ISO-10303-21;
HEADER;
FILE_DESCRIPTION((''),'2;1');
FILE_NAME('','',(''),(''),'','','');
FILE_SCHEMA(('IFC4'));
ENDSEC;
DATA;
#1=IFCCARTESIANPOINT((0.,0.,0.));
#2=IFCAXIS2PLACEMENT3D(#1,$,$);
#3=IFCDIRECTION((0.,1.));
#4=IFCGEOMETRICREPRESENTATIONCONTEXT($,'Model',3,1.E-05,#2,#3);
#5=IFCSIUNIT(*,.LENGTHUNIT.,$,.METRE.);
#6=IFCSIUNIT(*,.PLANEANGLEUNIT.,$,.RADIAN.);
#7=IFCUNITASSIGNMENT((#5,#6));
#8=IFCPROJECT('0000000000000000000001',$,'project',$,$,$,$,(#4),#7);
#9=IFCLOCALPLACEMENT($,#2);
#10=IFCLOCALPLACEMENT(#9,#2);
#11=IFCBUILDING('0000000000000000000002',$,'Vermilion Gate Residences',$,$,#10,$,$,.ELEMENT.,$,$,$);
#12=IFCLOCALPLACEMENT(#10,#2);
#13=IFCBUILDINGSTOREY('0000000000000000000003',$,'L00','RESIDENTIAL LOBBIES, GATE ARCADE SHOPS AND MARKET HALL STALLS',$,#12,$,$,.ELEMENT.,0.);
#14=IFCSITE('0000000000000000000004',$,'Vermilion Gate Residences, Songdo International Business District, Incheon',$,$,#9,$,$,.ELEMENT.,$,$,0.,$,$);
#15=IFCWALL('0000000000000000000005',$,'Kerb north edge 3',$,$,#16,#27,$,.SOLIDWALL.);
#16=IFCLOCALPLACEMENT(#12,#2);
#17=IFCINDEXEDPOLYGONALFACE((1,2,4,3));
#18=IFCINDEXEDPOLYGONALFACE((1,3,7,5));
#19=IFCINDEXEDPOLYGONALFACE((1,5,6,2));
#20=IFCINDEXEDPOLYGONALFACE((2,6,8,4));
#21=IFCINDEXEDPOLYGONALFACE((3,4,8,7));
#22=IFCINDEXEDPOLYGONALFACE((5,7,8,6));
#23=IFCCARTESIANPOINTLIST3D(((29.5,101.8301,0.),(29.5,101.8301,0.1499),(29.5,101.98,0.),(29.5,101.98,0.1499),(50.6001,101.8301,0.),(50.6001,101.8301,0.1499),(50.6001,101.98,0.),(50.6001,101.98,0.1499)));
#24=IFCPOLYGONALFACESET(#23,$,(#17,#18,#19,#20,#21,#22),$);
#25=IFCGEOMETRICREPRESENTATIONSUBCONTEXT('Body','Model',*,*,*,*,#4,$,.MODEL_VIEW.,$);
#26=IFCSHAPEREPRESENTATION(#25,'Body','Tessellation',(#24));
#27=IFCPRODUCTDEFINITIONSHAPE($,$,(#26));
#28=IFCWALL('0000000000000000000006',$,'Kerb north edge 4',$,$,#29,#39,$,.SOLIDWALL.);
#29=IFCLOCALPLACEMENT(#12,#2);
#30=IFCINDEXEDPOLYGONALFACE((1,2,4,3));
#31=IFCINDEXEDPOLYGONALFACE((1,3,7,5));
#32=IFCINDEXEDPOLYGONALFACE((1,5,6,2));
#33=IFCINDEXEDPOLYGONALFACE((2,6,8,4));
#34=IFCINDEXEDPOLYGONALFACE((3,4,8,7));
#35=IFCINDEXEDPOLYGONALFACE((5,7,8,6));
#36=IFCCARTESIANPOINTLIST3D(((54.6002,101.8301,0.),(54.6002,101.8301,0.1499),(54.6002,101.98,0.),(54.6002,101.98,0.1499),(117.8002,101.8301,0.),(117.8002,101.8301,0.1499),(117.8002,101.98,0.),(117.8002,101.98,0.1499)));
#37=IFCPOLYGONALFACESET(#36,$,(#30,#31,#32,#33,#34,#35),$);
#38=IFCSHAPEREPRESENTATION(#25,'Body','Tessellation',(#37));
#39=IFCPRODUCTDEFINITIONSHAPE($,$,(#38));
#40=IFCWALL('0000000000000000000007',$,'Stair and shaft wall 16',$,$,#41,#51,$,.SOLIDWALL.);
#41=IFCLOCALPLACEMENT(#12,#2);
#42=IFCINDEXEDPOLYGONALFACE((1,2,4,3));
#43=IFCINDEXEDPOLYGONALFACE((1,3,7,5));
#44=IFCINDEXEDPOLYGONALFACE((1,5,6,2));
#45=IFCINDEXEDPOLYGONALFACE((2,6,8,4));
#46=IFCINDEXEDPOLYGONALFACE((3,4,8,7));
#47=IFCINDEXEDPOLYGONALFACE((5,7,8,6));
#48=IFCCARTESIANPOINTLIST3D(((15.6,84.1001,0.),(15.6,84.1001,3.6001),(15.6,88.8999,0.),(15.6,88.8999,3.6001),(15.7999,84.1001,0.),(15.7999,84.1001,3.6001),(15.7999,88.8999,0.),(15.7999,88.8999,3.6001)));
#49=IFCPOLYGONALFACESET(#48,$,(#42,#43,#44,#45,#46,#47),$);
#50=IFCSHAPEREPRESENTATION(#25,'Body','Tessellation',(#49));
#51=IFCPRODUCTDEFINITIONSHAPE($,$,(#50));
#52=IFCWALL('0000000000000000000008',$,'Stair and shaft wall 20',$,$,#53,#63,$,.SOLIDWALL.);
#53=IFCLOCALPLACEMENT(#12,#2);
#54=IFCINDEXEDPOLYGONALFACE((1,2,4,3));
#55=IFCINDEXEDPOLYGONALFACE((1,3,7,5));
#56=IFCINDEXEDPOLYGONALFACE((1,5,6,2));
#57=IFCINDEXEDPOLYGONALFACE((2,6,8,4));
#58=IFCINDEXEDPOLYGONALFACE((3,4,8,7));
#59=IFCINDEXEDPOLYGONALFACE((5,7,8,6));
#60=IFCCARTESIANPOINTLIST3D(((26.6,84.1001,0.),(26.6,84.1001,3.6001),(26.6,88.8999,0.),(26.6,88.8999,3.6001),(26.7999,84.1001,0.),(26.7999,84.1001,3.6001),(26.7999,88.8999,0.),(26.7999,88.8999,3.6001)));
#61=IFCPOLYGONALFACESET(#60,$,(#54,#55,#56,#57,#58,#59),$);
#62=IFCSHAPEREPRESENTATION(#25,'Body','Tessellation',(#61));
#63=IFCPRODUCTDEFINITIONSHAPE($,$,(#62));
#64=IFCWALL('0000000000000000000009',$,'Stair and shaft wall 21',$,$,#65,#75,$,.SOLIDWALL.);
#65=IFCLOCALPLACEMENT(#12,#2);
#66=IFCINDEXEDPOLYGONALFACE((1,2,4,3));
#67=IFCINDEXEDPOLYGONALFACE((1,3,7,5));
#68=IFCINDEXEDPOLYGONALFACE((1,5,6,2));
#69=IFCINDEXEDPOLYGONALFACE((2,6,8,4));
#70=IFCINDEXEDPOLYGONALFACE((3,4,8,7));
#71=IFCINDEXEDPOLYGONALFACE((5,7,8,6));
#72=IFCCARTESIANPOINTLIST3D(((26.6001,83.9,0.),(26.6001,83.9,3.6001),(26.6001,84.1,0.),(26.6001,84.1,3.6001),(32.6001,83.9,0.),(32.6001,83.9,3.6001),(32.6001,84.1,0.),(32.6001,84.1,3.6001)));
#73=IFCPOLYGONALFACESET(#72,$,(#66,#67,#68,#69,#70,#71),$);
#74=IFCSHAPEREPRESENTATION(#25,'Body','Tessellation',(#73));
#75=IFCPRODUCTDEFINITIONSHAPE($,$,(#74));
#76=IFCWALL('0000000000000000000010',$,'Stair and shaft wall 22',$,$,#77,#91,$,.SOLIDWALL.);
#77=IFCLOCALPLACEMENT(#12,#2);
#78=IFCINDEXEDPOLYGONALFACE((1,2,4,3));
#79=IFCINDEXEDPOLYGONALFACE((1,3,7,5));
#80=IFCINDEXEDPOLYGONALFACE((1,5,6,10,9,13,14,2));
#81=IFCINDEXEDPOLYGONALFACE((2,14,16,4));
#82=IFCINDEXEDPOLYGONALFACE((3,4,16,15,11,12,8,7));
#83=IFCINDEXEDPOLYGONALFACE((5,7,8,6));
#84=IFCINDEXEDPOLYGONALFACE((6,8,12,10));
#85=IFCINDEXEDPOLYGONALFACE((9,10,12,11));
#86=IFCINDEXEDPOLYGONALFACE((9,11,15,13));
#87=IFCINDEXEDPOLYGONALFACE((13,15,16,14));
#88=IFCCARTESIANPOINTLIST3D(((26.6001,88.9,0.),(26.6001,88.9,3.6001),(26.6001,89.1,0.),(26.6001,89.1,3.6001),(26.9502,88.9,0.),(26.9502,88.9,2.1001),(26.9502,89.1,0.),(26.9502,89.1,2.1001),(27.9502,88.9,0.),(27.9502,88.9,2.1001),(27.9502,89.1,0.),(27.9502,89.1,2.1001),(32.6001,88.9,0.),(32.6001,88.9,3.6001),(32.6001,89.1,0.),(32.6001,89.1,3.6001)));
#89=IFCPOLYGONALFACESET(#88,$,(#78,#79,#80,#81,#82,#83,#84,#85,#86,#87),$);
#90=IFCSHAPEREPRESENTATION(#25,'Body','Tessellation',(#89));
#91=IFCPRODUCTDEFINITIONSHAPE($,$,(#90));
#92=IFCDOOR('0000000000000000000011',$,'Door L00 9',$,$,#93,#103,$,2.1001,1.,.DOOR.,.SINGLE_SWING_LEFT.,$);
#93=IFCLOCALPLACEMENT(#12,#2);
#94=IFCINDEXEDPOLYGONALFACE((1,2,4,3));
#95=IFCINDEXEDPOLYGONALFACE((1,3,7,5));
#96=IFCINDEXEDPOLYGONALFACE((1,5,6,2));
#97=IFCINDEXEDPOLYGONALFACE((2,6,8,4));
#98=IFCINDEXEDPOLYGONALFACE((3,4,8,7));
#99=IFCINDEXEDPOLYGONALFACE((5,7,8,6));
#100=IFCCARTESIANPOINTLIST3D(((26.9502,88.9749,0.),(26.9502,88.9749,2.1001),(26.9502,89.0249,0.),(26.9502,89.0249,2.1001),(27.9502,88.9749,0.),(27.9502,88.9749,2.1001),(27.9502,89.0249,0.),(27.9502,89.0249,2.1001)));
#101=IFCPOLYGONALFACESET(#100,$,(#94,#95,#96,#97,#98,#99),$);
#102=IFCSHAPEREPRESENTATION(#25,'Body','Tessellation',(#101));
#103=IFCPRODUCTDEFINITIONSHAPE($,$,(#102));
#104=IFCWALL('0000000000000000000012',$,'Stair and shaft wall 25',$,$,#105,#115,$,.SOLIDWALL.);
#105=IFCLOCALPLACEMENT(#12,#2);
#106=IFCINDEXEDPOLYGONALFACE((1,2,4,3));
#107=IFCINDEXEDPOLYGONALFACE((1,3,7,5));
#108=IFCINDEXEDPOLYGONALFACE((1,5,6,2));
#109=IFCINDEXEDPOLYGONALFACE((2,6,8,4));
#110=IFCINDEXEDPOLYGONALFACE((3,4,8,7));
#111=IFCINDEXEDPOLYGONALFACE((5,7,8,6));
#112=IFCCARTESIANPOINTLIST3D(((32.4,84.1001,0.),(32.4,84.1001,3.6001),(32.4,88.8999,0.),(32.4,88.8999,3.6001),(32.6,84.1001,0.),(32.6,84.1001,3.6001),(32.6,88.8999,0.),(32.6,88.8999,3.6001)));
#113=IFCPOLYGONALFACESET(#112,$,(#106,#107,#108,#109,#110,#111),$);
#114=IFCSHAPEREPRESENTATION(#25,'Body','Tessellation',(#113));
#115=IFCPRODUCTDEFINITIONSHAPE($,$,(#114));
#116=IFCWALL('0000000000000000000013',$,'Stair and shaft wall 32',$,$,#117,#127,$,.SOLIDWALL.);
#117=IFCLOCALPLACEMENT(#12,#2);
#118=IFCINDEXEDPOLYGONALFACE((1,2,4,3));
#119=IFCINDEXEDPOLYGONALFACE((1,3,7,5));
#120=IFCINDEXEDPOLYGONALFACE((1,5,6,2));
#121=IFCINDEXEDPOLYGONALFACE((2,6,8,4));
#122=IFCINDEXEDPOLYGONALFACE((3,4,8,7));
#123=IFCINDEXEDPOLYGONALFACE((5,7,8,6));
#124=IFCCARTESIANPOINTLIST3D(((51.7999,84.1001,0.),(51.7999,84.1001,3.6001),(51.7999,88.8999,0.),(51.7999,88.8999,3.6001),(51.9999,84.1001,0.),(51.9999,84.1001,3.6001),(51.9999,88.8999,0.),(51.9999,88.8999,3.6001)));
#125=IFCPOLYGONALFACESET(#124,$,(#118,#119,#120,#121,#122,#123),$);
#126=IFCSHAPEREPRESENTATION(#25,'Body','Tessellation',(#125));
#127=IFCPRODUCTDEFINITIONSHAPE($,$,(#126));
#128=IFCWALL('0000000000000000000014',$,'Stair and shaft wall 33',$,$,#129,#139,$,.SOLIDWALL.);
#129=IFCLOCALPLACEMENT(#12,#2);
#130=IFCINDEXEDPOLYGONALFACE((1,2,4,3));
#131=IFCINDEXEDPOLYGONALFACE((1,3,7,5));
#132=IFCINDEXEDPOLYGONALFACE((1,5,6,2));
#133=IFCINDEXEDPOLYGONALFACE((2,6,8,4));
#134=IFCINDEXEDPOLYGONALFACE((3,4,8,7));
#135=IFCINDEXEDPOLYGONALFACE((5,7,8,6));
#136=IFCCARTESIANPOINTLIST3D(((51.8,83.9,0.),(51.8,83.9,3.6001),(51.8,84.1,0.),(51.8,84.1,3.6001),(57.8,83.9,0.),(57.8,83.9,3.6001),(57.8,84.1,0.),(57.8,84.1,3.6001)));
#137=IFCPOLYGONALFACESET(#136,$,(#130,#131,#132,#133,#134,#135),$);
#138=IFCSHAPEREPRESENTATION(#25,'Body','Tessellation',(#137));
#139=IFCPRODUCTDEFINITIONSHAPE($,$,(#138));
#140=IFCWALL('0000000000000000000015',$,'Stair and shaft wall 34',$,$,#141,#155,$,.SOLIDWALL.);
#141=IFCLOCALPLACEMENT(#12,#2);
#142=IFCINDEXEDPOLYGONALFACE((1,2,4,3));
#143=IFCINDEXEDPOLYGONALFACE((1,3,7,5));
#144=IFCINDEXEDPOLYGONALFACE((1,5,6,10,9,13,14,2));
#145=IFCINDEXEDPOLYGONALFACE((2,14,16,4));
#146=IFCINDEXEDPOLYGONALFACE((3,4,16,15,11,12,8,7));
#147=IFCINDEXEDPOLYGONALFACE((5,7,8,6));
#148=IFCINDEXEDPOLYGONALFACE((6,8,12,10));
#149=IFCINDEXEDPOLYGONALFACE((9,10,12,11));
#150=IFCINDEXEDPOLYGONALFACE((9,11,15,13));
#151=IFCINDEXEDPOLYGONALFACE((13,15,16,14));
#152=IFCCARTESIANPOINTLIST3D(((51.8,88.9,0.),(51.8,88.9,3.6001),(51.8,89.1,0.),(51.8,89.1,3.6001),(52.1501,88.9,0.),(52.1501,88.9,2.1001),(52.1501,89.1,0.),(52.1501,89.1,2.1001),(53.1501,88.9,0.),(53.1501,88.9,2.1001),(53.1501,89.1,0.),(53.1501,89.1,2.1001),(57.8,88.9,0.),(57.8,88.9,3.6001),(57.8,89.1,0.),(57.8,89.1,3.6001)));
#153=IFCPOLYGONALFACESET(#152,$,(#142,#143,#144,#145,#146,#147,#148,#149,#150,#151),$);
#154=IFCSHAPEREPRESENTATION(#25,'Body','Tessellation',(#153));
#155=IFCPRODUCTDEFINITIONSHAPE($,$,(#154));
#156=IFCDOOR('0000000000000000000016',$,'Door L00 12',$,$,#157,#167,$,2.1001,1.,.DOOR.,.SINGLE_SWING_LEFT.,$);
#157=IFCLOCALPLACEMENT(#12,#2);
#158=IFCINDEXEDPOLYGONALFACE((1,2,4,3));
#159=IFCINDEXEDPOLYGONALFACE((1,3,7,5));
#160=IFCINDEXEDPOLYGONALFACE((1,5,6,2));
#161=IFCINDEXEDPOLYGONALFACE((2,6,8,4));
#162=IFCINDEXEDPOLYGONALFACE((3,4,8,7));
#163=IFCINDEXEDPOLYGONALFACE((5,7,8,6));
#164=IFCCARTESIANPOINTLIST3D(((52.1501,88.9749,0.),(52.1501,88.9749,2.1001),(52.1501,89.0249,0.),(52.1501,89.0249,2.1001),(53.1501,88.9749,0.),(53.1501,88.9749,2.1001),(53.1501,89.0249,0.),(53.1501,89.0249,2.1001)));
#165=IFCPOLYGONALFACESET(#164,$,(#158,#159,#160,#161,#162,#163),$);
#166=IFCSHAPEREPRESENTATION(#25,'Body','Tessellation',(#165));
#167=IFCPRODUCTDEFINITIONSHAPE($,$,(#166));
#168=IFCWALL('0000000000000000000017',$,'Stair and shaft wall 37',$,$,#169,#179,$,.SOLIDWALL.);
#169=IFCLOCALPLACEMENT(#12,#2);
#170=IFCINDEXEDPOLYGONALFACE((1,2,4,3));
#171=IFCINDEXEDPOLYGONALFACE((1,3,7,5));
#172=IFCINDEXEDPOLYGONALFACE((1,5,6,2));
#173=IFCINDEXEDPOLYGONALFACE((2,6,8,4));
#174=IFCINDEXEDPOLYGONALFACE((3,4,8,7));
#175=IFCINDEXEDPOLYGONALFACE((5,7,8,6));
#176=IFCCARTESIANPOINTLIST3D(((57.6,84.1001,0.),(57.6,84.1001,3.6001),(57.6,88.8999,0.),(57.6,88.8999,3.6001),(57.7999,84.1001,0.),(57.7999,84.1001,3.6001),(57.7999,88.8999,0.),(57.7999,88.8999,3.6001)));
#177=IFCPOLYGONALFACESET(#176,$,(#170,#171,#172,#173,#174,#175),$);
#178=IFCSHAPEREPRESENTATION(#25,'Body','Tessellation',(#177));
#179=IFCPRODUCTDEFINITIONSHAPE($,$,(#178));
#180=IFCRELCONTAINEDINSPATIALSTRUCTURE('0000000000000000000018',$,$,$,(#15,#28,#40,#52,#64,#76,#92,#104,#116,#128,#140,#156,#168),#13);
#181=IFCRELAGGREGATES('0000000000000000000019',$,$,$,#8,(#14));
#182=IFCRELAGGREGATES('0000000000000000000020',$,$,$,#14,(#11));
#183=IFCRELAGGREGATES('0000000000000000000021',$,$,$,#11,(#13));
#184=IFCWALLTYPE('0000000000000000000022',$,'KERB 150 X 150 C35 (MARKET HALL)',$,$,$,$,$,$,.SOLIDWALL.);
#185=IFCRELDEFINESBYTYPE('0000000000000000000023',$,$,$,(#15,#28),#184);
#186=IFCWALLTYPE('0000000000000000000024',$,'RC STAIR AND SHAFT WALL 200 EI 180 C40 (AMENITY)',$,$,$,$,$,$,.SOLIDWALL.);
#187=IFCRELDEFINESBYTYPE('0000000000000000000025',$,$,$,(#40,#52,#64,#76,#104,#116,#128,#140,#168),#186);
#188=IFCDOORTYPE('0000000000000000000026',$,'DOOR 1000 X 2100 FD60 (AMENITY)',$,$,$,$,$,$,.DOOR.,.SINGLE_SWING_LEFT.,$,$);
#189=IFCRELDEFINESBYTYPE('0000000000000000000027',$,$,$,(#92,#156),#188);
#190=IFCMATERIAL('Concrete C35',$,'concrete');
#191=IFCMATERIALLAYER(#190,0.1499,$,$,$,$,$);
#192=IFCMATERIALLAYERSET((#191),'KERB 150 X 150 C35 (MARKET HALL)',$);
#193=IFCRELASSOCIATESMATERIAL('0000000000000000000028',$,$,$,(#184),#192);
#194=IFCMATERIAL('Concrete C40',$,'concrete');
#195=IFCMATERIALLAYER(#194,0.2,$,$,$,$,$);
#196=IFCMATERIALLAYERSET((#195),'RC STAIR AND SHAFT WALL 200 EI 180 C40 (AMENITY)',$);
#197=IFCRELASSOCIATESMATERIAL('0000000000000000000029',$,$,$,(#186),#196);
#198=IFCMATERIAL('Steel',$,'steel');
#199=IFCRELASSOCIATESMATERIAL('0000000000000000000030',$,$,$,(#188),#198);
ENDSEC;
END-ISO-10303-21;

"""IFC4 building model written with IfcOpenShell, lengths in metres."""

from ifc_helpers import new_model, si_unit, direction, frame, frame_2d, origin, place, context, subcontext, project, spatial, rectangle, extrude, material, layer, layer_set, type_object, element, fill, save


model = new_model("IFC4")

# Units and contexts
model_context = context("Model", 3, precision=1e-05, world=origin(), true_north=direction((0.0, 1.0)))
body_context = subcontext(model_context, "Body", "Model", "MODEL_VIEW")
ifc_project = project(units=[si_unit("LENGTHUNIT", "METRE"), si_unit("PLANEANGLEUNIT", "RADIAN")], contexts=[model_context])

# Site, building, storey
site_placement = place(None, origin())
site = spatial("IfcSite", under=ifc_project, at=site_placement, Name="Vermilion Gate Residences, Songdo International Business District, Incheon", CompositionType="ELEMENT", RefElevation=0.0)
building_placement = place(site_placement, origin())
building = spatial("IfcBuilding", under=site, at=building_placement, Name="Vermilion Gate Residences", CompositionType="ELEMENT")
storey_placement = place(building_placement, origin())
storey = spatial("IfcBuildingStorey", under=building, at=storey_placement, Name="L00", Description="RESIDENTIAL LOBBIES, GATE ARCADE SHOPS AND MARKET HALL STALLS", CompositionType="ELEMENT", Elevation=0.0)

# Walls
ifc_material_1 = material(Name="Concrete C35", Category="concrete")
ifc_layer_1 = layer(ifc_material_1, 0.1499)
ifc_layer_set_1 = layer_set([ifc_layer_1], Name="KERB 150 X 150 C35 (MARKET HALL)")
wall_type_1 = type_object("IfcWallType", Name="KERB 150 X 150 C35 (MARKET HALL)", PredefinedType="SOLIDWALL", material=ifc_layer_set_1)
wall_1_placement = place(storey_placement, frame((29.5, 101.905, 0.0), z_axis=(0.0, 0.0, 1.0), x_axis=(1.0, 0.0, 0.0)))
element("IfcWall", 1, at=wall_1_placement, inside=storey, type_object=wall_type_1, Name="Kerb north edge 3", PredefinedType="SOLIDWALL", context=body_context, shape_type="SweptSolid", body=[
    extrude(rectangle(XDim=21.1001, YDim=0.1499, at=frame_2d((10.55, 0.0))), origin(), (0.0, 0.0, 1.0), 0.1499),
])
wall_2_placement = place(storey_placement, frame((54.6001, 101.905, 0.0), z_axis=(0.0, 0.0, 1.0), x_axis=(1.0, 0.0, 0.0)))
element("IfcWall", 2, at=wall_2_placement, inside=storey, type_object=wall_type_1, Name="Kerb north edge 4", PredefinedType="SOLIDWALL", context=body_context, shape_type="SweptSolid", body=[
    extrude(rectangle(XDim=63.2, YDim=0.1499, at=frame_2d((31.6001, 0.0))), origin(), (0.0, 0.0, 1.0), 0.1499),
])
ifc_material_2 = material(Name="Concrete C40", Category="concrete")
ifc_layer_2 = layer(ifc_material_2, 0.2)
ifc_layer_set_2 = layer_set([ifc_layer_2], Name="RC STAIR AND SHAFT WALL 200 EI 180 C40 (AMENITY)")
wall_type_2 = type_object("IfcWallType", Name="RC STAIR AND SHAFT WALL 200 EI 180 C40 (AMENITY)", PredefinedType="SOLIDWALL", material=ifc_layer_set_2)
for number, where, z_axis, x_axis, name in (
    (3, (15.7, 84.1001, 0.0), (0.0, 0.0, 1.0), (0.0, 1.0, 0.0), "Stair and shaft wall 16"),
    (4, (26.7, 84.1001, 0.0), (0.0, 0.0, 1.0), (0.0, 1.0, 0.0), "Stair and shaft wall 20"),
):
    element("IfcWall", number, at=place(storey_placement, frame(where, z_axis=z_axis, x_axis=x_axis)), inside=storey, type_object=wall_type_2, Name=name, PredefinedType="SOLIDWALL", context=body_context, shape_type="SweptSolid", body=[
        extrude(rectangle(XDim=4.7998, YDim=0.2, at=frame_2d((2.3999, 0.0))), origin(), (0.0, 0.0, 1.0), 3.6001),
    ])
wall_3_placement = place(storey_placement, frame((26.6001, 84.0, 0.0), z_axis=(0.0, 0.0, 1.0), x_axis=(1.0, 0.0, 0.0)))
element("IfcWall", 5, at=wall_3_placement, inside=storey, type_object=wall_type_2, Name="Stair and shaft wall 21", PredefinedType="SOLIDWALL", context=body_context, shape_type="SweptSolid", body=[
    extrude(rectangle(XDim=6.0, YDim=0.2, at=frame_2d((3.0, 0.0))), origin(), (0.0, 0.0, 1.0), 3.6001),
])

# Wall, opening, door
wall_4_placement = place(storey_placement, frame((26.6001, 89.0, 0.0), z_axis=(0.0, 0.0, 1.0), x_axis=(1.0, 0.0, 0.0)))
wall_4 = element("IfcWall", 6, at=wall_4_placement, inside=storey, type_object=wall_type_2, Name="Stair and shaft wall 22", PredefinedType="SOLIDWALL", context=body_context, shape_type="SweptSolid", body=[
    extrude(rectangle(XDim=6.0, YDim=0.2, at=frame_2d((3.0, 0.0))), origin(), (0.0, 0.0, 1.0), 3.6001),
])
opening_1_placement = place(wall_4_placement, frame((0.3501, 0.0, 0.0)))
opening_1 = element("IfcOpeningElement", 7, at=opening_1_placement, cuts=wall_4, PredefinedType="OPENING", context=body_context, shape_type="SweptSolid", body=[
    extrude(rectangle(XDim=1.0, YDim=2.1001, at=frame_2d((0.5, 1.05))), frame((0.0, 0.1099, 0.0), z_axis=(0.0, -1.0, 0.0), x_axis=(1.0, 0.0, 0.0)), (0.0, 0.0, 1.0), 0.22),
])
ifc_material_3 = material(Name="Steel", Category="steel")
door_type = type_object("IfcDoorType", Name="DOOR 1000 X 2100 FD60 (AMENITY)", OperationType="SINGLE_SWING_LEFT", PredefinedType="DOOR", material=ifc_material_3)
door_1_placement = place(opening_1_placement, origin())
door_1 = element("IfcDoor", 8, at=door_1_placement, inside=storey, type_object=door_type, Name="Door L00 9", OperationType="SINGLE_SWING_LEFT", OverallHeight=2.1001, OverallWidth=1.0, PredefinedType="DOOR", context=body_context, shape_type="SweptSolid", body=[
    extrude(rectangle(XDim=1.0, YDim=2.1001, at=frame_2d((0.5, 1.05))), frame((0.0, 0.0249, 0.0), z_axis=(0.0, -1.0, 0.0), x_axis=(1.0, 0.0, 0.0)), (0.0, 0.0, 1.0), 0.05),
])
fill(opening_1, door_1)

# Walls
for number, where, z_axis, x_axis, name in (
    (9, (32.5, 84.1001, 0.0), (0.0, 0.0, 1.0), (0.0, 1.0, 0.0), "Stair and shaft wall 25"),
    (10, (51.8999, 84.1001, 0.0), (0.0, 0.0, 1.0), (0.0, 1.0, 0.0), "Stair and shaft wall 32"),
):
    element("IfcWall", number, at=place(storey_placement, frame(where, z_axis=z_axis, x_axis=x_axis)), inside=storey, type_object=wall_type_2, Name=name, PredefinedType="SOLIDWALL", context=body_context, shape_type="SweptSolid", body=[
        extrude(rectangle(XDim=4.7998, YDim=0.2, at=frame_2d((2.3999, 0.0))), origin(), (0.0, 0.0, 1.0), 3.6001),
    ])
wall_5_placement = place(storey_placement, frame((51.8, 84.0, 0.0), z_axis=(0.0, 0.0, 1.0), x_axis=(1.0, 0.0, 0.0)))
element("IfcWall", 11, at=wall_5_placement, inside=storey, type_object=wall_type_2, Name="Stair and shaft wall 33", PredefinedType="SOLIDWALL", context=body_context, shape_type="SweptSolid", body=[
    extrude(rectangle(XDim=6.0, YDim=0.2, at=frame_2d((3.0, 0.0))), origin(), (0.0, 0.0, 1.0), 3.6001),
])

# Wall, opening, door
wall_6_placement = place(storey_placement, frame((51.8, 89.0, 0.0), z_axis=(0.0, 0.0, 1.0), x_axis=(1.0, 0.0, 0.0)))
wall_6 = element("IfcWall", 12, at=wall_6_placement, inside=storey, type_object=wall_type_2, Name="Stair and shaft wall 34", PredefinedType="SOLIDWALL", context=body_context, shape_type="SweptSolid", body=[
    extrude(rectangle(XDim=6.0, YDim=0.2, at=frame_2d((3.0, 0.0))), origin(), (0.0, 0.0, 1.0), 3.6001),
])
opening_2_placement = place(wall_6_placement, frame((0.3501, 0.0, 0.0)))
opening_2 = element("IfcOpeningElement", 13, at=opening_2_placement, cuts=wall_6, PredefinedType="OPENING", context=body_context, shape_type="SweptSolid", body=[
    extrude(rectangle(XDim=1.0, YDim=2.1001, at=frame_2d((0.5, 1.05))), frame((0.0, 0.1099, 0.0), z_axis=(0.0, -1.0, 0.0), x_axis=(1.0, 0.0, 0.0)), (0.0, 0.0, 1.0), 0.22),
])
door_2_placement = place(opening_2_placement, origin())
door_2 = element("IfcDoor", 14, at=door_2_placement, inside=storey, type_object=door_type, Name="Door L00 12", OperationType="SINGLE_SWING_LEFT", OverallHeight=2.1001, OverallWidth=1.0, PredefinedType="DOOR", context=body_context, shape_type="SweptSolid", body=[
    extrude(rectangle(XDim=1.0, YDim=2.1001, at=frame_2d((0.5, 1.05))), frame((0.0, 0.0249, 0.0), z_axis=(0.0, -1.0, 0.0), x_axis=(1.0, 0.0, 0.0)), (0.0, 0.0, 1.0), 0.05),
])
fill(opening_2, door_2)

# Wall
wall_7_placement = place(storey_placement, frame((57.7, 84.1001, 0.0), z_axis=(0.0, 0.0, 1.0), x_axis=(0.0, 1.0, 0.0)))
element("IfcWall", 15, at=wall_7_placement, inside=storey, type_object=wall_type_2, Name="Stair and shaft wall 37", PredefinedType="SOLIDWALL", context=body_context, shape_type="SweptSolid", body=[
    extrude(rectangle(XDim=4.7998, YDim=0.2, at=frame_2d((2.3999, 0.0))), origin(), (0.0, 0.0, 1.0), 3.6001),
])

save(model, "model.ifc")
